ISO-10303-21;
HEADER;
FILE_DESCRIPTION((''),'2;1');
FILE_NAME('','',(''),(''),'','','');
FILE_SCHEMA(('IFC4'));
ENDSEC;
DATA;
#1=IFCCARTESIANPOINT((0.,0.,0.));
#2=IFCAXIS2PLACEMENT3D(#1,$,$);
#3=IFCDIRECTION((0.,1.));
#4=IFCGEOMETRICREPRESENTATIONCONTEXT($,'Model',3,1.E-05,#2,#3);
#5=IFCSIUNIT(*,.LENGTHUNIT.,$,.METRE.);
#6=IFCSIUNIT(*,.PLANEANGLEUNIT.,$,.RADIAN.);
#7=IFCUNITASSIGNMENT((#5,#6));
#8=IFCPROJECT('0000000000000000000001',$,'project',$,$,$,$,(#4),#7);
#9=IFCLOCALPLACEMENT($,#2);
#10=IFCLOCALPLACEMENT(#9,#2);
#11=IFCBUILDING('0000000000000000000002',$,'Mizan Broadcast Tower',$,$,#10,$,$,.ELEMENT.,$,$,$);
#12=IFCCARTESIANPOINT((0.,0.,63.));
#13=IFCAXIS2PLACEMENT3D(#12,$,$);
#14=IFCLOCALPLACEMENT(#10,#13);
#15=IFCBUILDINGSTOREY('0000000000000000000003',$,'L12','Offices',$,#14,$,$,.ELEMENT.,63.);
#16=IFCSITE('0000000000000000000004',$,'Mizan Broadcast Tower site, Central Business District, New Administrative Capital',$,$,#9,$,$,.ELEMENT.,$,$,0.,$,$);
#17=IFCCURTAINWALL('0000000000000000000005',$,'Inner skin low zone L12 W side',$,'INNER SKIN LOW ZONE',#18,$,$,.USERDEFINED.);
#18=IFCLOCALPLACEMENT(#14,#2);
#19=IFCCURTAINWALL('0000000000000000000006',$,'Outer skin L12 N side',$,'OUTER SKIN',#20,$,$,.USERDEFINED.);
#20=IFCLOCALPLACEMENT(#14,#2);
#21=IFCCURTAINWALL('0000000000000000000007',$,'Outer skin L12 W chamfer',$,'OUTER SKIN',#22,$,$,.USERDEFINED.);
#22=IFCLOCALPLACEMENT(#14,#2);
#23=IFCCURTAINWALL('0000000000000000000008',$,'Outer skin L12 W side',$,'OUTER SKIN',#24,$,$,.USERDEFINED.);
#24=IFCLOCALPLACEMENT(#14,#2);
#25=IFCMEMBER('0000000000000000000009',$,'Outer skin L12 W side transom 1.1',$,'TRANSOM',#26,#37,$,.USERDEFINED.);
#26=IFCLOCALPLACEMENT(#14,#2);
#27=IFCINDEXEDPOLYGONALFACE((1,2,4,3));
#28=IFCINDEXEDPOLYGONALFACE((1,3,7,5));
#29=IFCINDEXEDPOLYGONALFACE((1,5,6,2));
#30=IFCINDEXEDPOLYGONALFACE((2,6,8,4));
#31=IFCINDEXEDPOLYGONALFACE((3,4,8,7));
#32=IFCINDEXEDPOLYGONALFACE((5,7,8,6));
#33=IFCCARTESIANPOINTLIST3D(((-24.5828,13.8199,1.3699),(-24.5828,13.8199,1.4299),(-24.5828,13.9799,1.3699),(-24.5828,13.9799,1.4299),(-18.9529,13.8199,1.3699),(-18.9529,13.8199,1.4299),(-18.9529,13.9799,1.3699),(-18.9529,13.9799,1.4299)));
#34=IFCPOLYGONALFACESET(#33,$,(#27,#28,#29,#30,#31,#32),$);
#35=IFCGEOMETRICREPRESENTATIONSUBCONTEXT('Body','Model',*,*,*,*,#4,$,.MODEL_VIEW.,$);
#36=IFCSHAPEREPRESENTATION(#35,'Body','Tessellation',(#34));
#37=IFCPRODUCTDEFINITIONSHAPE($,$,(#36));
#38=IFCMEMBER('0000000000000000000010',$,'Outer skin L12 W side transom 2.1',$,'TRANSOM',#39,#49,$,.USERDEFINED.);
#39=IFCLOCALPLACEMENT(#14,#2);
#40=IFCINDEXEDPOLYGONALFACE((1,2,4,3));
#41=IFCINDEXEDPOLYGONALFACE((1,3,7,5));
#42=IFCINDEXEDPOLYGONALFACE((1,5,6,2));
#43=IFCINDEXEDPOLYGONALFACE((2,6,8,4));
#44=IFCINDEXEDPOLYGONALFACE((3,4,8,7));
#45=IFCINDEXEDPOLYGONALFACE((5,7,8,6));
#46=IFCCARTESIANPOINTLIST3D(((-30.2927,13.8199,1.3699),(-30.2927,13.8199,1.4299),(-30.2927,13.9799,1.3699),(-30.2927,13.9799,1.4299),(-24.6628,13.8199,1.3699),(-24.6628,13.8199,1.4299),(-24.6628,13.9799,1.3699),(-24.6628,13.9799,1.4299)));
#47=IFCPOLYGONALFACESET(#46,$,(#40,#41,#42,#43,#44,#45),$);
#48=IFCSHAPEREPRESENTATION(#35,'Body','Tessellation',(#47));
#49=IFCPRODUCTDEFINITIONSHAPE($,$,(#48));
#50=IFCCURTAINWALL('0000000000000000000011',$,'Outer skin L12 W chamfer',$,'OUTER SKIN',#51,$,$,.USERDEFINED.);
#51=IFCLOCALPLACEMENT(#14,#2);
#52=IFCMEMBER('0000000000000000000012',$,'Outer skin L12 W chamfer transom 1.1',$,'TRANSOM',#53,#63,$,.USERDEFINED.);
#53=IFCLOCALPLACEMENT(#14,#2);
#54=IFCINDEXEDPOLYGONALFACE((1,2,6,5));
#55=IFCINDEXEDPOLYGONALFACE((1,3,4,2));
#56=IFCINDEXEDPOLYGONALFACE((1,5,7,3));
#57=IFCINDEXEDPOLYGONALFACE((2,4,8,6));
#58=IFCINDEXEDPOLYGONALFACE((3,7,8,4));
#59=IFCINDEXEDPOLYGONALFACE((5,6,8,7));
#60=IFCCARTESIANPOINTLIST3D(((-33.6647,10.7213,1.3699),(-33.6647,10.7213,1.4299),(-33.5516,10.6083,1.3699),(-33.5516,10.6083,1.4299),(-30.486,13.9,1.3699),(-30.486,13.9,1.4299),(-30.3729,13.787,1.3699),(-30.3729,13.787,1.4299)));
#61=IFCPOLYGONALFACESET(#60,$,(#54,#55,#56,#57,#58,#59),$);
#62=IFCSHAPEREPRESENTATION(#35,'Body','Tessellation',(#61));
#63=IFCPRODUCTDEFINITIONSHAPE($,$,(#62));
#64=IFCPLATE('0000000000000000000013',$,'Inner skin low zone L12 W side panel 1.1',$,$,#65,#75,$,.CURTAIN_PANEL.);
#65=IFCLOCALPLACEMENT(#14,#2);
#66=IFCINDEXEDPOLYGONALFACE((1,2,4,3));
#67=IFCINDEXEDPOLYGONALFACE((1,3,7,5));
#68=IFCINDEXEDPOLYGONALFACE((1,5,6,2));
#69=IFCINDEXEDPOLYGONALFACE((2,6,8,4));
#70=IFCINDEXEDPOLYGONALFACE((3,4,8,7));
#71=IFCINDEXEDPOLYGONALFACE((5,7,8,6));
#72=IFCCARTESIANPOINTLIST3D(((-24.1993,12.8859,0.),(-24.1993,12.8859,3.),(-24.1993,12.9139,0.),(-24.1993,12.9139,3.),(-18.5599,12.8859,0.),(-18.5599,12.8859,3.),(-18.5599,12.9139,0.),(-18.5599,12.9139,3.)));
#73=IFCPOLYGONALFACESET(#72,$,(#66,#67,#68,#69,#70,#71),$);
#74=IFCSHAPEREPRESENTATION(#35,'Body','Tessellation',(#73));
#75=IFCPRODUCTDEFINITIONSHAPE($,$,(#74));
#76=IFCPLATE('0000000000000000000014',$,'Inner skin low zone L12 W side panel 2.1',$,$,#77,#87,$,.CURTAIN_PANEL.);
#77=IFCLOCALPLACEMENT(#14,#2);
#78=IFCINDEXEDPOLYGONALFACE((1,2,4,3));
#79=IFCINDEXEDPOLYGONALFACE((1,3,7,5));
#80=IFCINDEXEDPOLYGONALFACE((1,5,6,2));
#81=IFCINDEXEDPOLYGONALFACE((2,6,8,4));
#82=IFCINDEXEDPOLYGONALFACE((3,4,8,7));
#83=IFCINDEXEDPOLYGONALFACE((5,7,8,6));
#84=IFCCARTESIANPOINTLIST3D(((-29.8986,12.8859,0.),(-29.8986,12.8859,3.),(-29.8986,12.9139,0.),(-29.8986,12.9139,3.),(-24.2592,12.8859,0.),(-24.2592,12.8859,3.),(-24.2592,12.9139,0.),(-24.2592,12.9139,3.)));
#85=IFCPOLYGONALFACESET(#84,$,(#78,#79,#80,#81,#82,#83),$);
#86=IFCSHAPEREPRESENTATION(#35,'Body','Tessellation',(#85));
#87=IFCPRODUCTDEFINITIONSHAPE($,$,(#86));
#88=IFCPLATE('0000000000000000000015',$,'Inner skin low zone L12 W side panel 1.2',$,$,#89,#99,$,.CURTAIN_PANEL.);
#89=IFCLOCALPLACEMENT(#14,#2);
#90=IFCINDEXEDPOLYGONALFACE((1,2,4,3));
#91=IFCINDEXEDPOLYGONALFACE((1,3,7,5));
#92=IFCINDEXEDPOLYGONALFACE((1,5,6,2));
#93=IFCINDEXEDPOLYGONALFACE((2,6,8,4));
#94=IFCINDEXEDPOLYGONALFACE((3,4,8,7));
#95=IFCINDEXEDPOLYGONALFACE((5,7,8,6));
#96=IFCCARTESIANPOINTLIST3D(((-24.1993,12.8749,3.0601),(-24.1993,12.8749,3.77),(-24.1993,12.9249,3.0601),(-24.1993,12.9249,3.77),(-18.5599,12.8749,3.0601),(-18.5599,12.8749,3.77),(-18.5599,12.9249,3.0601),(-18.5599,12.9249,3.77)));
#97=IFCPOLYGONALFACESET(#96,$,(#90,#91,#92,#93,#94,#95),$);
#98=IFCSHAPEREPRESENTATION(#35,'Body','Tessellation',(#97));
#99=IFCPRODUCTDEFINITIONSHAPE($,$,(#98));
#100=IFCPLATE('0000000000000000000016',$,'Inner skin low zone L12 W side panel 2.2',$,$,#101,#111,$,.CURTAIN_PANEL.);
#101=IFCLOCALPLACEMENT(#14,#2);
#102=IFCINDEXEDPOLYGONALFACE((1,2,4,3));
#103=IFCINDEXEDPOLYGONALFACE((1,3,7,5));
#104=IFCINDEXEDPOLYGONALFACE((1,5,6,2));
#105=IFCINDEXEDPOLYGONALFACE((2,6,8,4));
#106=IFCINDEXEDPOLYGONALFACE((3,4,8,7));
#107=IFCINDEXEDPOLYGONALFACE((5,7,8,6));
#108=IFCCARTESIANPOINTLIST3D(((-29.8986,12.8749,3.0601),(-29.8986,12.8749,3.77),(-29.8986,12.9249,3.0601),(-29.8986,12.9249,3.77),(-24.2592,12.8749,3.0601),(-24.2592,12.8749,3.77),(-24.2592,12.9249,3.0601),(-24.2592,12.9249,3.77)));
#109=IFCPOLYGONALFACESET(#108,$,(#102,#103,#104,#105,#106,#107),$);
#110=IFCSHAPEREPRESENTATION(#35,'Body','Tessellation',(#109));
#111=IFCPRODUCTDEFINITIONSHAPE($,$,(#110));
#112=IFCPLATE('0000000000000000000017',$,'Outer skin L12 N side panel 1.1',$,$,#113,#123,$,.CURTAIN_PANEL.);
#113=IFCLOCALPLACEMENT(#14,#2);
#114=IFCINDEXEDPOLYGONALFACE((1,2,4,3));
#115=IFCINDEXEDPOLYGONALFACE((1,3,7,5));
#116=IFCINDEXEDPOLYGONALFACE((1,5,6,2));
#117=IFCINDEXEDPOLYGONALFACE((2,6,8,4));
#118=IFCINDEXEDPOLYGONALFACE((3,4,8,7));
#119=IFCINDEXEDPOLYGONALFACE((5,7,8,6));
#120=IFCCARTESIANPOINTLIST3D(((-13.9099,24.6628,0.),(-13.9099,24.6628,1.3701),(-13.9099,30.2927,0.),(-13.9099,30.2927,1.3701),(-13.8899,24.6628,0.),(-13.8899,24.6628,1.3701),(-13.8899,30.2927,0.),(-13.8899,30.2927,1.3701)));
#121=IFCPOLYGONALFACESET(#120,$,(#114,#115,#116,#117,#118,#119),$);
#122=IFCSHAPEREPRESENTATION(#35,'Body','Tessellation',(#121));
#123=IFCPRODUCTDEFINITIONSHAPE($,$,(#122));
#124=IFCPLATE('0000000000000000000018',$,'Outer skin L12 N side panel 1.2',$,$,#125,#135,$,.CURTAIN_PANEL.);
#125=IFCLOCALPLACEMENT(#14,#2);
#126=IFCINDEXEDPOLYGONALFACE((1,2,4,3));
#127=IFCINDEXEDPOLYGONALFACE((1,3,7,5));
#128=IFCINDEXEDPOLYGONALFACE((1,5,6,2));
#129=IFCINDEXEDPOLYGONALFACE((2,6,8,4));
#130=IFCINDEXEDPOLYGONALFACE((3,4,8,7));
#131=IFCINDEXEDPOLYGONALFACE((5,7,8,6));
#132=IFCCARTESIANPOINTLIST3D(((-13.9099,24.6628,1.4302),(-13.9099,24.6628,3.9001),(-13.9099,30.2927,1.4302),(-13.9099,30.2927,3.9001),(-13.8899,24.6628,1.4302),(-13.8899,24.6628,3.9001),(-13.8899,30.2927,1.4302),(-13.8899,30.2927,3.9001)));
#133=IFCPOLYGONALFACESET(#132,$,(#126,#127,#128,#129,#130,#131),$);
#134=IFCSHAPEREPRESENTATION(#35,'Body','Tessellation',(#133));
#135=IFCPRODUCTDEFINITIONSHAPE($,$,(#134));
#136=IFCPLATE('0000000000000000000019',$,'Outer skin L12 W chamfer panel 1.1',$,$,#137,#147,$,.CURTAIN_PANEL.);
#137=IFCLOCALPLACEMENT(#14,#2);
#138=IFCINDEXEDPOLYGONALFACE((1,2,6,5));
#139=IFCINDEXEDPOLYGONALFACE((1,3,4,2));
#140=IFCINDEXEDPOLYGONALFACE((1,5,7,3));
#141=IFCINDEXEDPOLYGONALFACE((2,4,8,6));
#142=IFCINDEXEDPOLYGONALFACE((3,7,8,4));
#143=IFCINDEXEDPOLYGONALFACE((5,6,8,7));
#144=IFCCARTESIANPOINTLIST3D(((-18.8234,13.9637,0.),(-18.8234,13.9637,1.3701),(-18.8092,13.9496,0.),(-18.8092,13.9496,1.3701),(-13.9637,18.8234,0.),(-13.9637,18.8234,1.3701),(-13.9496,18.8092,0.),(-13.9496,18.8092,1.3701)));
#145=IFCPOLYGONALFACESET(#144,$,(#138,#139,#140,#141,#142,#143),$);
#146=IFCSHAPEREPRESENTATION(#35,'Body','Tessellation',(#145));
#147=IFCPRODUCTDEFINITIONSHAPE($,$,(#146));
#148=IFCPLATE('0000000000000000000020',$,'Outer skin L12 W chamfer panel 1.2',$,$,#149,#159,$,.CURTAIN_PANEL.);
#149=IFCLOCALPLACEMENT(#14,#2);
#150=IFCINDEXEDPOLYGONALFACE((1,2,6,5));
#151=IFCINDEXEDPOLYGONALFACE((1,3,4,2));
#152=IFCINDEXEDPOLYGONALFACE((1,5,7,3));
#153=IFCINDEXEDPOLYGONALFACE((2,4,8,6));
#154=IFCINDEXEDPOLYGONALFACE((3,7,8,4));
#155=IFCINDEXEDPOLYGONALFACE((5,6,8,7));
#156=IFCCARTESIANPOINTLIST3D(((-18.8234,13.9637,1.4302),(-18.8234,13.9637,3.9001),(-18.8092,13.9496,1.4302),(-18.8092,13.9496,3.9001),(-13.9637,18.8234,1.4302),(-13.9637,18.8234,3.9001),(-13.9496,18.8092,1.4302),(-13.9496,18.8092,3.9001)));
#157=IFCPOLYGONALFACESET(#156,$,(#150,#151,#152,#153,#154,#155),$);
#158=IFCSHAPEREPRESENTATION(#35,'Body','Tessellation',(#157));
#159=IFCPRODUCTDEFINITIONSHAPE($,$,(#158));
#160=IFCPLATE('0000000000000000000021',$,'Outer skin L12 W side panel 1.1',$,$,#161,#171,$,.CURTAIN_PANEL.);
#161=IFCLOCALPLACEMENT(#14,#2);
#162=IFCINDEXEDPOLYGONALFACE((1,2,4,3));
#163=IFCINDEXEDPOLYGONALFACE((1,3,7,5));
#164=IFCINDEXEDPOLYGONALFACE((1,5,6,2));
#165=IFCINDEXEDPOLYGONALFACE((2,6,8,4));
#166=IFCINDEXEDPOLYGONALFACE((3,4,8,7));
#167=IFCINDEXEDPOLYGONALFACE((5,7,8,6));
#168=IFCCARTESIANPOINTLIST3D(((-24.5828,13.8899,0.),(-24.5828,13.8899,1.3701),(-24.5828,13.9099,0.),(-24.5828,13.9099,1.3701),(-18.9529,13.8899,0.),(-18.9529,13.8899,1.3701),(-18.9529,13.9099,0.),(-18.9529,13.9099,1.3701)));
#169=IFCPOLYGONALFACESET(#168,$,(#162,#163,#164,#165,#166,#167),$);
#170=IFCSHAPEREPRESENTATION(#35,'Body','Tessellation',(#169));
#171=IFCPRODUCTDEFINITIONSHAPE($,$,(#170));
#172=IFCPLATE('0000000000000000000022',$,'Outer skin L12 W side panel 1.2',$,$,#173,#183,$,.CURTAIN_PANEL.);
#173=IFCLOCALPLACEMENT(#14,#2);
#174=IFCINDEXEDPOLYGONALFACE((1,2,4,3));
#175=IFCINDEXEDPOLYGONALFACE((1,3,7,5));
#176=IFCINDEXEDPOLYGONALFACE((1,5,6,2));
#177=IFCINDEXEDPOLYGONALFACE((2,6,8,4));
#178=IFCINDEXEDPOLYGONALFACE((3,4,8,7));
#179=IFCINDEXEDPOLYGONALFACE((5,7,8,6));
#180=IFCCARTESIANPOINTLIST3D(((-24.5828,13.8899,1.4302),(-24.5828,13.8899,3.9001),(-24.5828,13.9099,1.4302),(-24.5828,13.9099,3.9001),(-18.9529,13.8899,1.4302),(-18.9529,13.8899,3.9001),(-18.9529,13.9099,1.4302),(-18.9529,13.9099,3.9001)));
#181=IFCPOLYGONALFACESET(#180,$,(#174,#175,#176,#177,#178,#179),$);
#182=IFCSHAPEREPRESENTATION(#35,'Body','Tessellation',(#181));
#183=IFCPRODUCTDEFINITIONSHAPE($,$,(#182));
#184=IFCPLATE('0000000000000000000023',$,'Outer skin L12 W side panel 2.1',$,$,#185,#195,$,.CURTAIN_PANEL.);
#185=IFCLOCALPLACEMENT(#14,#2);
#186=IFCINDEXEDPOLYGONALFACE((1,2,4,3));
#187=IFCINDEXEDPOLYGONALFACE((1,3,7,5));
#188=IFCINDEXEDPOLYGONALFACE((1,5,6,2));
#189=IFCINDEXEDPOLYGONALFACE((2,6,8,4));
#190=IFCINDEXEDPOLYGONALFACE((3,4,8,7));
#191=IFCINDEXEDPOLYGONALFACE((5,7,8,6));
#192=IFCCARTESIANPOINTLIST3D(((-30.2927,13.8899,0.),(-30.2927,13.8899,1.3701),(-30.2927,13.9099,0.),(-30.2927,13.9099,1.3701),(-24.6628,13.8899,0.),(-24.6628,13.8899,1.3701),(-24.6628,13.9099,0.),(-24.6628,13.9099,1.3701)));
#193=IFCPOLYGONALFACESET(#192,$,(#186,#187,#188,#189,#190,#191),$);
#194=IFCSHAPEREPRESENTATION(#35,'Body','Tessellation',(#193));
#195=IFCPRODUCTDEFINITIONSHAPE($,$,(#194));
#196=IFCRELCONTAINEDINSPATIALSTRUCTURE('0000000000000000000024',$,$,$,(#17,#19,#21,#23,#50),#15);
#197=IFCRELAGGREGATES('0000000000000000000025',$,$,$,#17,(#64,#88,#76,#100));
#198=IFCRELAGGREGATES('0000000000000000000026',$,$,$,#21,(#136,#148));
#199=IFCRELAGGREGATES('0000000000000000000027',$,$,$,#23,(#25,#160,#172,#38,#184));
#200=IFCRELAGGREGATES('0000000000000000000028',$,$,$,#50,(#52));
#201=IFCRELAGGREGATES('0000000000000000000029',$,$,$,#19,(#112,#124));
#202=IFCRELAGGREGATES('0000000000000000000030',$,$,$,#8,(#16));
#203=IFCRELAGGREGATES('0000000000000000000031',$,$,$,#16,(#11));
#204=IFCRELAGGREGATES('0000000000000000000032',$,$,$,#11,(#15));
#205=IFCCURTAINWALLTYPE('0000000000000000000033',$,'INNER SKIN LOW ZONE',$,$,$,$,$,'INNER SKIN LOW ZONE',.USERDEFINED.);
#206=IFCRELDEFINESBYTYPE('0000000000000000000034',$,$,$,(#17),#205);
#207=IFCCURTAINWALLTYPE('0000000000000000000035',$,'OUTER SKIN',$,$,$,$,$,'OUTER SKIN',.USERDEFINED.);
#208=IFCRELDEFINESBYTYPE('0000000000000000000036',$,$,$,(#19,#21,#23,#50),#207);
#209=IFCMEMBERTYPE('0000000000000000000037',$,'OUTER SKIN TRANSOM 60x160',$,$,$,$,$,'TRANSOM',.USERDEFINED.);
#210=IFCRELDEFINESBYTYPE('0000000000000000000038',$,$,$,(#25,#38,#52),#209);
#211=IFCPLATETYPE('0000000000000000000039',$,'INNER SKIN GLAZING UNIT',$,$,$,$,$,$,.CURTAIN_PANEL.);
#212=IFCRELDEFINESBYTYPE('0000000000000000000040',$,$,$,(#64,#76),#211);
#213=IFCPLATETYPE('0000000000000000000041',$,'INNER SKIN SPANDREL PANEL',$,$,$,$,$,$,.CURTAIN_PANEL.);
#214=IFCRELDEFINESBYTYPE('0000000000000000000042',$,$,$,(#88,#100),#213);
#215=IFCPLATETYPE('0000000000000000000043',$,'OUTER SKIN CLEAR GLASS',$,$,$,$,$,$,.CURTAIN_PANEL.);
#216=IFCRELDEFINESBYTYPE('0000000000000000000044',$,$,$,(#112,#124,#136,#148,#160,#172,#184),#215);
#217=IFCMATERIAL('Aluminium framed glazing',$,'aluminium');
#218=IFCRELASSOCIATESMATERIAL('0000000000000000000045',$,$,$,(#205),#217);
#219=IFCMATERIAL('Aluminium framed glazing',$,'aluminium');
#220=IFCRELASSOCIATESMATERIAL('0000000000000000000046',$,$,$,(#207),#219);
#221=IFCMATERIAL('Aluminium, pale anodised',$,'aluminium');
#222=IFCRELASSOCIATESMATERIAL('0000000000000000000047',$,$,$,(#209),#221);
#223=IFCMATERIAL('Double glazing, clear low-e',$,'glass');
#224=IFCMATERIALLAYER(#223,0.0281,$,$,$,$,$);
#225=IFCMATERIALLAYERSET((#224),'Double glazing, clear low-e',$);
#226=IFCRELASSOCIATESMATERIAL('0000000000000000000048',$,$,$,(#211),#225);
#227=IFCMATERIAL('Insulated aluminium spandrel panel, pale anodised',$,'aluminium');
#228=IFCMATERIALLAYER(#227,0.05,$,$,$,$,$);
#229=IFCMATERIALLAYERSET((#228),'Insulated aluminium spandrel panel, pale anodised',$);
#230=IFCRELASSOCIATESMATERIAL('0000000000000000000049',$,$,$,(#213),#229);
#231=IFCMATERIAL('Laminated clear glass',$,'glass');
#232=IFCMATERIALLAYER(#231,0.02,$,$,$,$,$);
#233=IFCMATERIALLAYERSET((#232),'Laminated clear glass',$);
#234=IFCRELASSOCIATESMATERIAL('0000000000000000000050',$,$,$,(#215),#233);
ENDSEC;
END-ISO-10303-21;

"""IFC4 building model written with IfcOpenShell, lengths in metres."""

from ifc_helpers import new_model, si_unit, direction, frame, origin, origin_2d, place, context, subcontext, project, spatial, rectangle, extrude, material, layer, layer_set, material_profile, profile_set, type_object, element, aggregate, save


model = new_model("IFC4")

# Units and contexts
model_context = context("Model", 3, precision=1e-05, world=origin(), true_north=direction((0.0, 1.0)))
body_context = subcontext(model_context, "Body", "Model", "MODEL_VIEW")
ifc_project = project(units=[si_unit("LENGTHUNIT", "METRE"), si_unit("PLANEANGLEUNIT", "RADIAN")], contexts=[model_context])

# Site, building, storey
site_placement = place(None, origin())
site = spatial("IfcSite", under=ifc_project, at=site_placement, Name="Mizan Broadcast Tower site, Central Business District, New Administrative Capital", CompositionType="ELEMENT", RefElevation=0.0)
building_placement = place(site_placement, origin())
building = spatial("IfcBuilding", under=site, at=building_placement, Name="Mizan Broadcast Tower", CompositionType="ELEMENT")
storey_placement = place(building_placement, frame((0.0, 0.0, 63.0)))
storey = spatial("IfcBuildingStorey", under=building, at=storey_placement, Name="L12", Description="Offices", CompositionType="ELEMENT", Elevation=63.0)

# Curtain wall
ifc_material_1 = material(Name="Aluminium framed glazing", Category="aluminium")
curtain_wall_type_1 = type_object("IfcCurtainWallType", Name="INNER SKIN LOW ZONE", ElementType="INNER SKIN LOW ZONE", PredefinedType="USERDEFINED", material=ifc_material_1)
curtain_wall_1_placement = place(storey_placement, origin())
curtain_wall_1 = element("IfcCurtainWall", 1, at=curtain_wall_1_placement, inside=storey, type_object=curtain_wall_type_1, Name="Inner skin low zone L12 W side", ObjectType="INNER SKIN LOW ZONE", PredefinedType="USERDEFINED")

# Shared definitions
ifc_material_2 = material(Name="Aluminium framed glazing", Category="aluminium")
curtain_wall_type_2 = type_object("IfcCurtainWallType", Name="OUTER SKIN", ElementType="OUTER SKIN", PredefinedType="USERDEFINED", material=ifc_material_2)

# Curtain wall
curtain_wall_2_placement = place(storey_placement, origin())
curtain_wall_2 = element("IfcCurtainWall", 2, at=curtain_wall_2_placement, inside=storey, type_object=curtain_wall_type_2, Name="Outer skin L12 N side", ObjectType="OUTER SKIN", PredefinedType="USERDEFINED")

# Curtain wall
curtain_wall_3_placement = place(storey_placement, origin())
curtain_wall_3 = element("IfcCurtainWall", 3, at=curtain_wall_3_placement, inside=storey, type_object=curtain_wall_type_2, Name="Outer skin L12 W chamfer", ObjectType="OUTER SKIN", PredefinedType="USERDEFINED")

# Curtain wall
curtain_wall_4_placement = place(storey_placement, origin())
curtain_wall_4 = element("IfcCurtainWall", 4, at=curtain_wall_4_placement, inside=storey, type_object=curtain_wall_type_2, Name="Outer skin L12 W side", ObjectType="OUTER SKIN", PredefinedType="USERDEFINED")

# Members
ifc_material_3 = material(Name="Aluminium, pale anodised", Category="aluminium")
ifc_material_profile_1 = material_profile(ifc_material_3, rectangle(XDim=0.1599, YDim=0.0601, at=origin_2d()), Name="TRANSOM 160x60")
ifc_profile_set_1 = profile_set([ifc_material_profile_1], Name="Aluminium, pale anodised")
member_type_1 = type_object("IfcMemberType", Name="OUTER SKIN TRANSOM 60x160", ElementType="TRANSOM", PredefinedType="USERDEFINED", material=ifc_profile_set_1)
member_1_placement = place(storey_placement, frame((-18.9529, 13.8999, 1.3999), z_axis=(-1.0, 0.0, 0.0), x_axis=(0.0, -1.0, 0.0)))
member_1 = element("IfcMember", 5, at=member_1_placement, type_object=member_type_1, Name="Outer skin L12 W side transom 1.1", ObjectType="TRANSOM", PredefinedType="USERDEFINED", context=body_context, shape_type="SweptSolid", body=[
    extrude(rectangle(XDim=0.1599, YDim=0.0601, at=origin_2d()), origin(), (0.0, 0.0, 1.0), 5.6299),
])
member_2_placement = place(storey_placement, frame((-24.6628, 13.8999, 1.3999), z_axis=(-1.0, 0.0, 0.0), x_axis=(0.0, -1.0, 0.0)))
member_2 = element("IfcMember", 6, at=member_2_placement, type_object=member_type_1, Name="Outer skin L12 W side transom 2.1", ObjectType="TRANSOM", PredefinedType="USERDEFINED", context=body_context, shape_type="SweptSolid", body=[
    extrude(rectangle(XDim=0.1599, YDim=0.0601, at=origin_2d()), origin(), (0.0, 0.0, 1.0), 5.6299),
])

# Curtain wall, member
curtain_wall_5_placement = place(storey_placement, origin())
curtain_wall_5 = element("IfcCurtainWall", 7, at=curtain_wall_5_placement, inside=storey, type_object=curtain_wall_type_2, Name="Outer skin L12 W chamfer", ObjectType="OUTER SKIN", PredefinedType="USERDEFINED")
member_3_placement = place(storey_placement, frame((-30.4294, 13.8435, 1.3999), z_axis=(-0.707107, -0.707107, 0.0), x_axis=(0.707107, -0.707107, 0.0)))
member_3 = element("IfcMember", 8, at=member_3_placement, type_object=member_type_1, Name="Outer skin L12 W chamfer transom 1.1", ObjectType="TRANSOM", PredefinedType="USERDEFINED", context=body_context, shape_type="SweptSolid", body=[
    extrude(rectangle(XDim=0.1599, YDim=0.0601, at=origin_2d()), origin(), (0.0, 0.0, 1.0), 4.4954),
])

# Plates
ifc_material_4 = material(Name="Double glazing, clear low-e", Category="glass")
ifc_layer_1 = layer(ifc_material_4, 0.0281)
ifc_layer_set_1 = layer_set([ifc_layer_1], Name="Double glazing, clear low-e")
plate_type_1 = type_object("IfcPlateType", Name="INNER SKIN GLAZING UNIT", PredefinedType="CURTAIN_PANEL", material=ifc_layer_set_1)
plate_1_placement = place(storey_placement, frame((-21.3796, 12.8999, 0.0), z_axis=(0.0, 0.0, 1.0), x_axis=(-1.0, 0.0, 0.0)))
plate_1 = element("IfcPlate", 9, at=plate_1_placement, type_object=plate_type_1, Name="Inner skin low zone L12 W side panel 1.1", PredefinedType="CURTAIN_PANEL", context=body_context, shape_type="SweptSolid", body=[
    extrude(rectangle(XDim=5.6394, YDim=0.0281, at=origin_2d()), origin(), (0.0, 0.0, 1.0), 3.0),
])
plate_2_placement = place(storey_placement, frame((-27.0789, 12.8999, 0.0), z_axis=(0.0, 0.0, 1.0), x_axis=(-1.0, 0.0, 0.0)))
plate_2 = element("IfcPlate", 10, at=plate_2_placement, type_object=plate_type_1, Name="Inner skin low zone L12 W side panel 2.1", PredefinedType="CURTAIN_PANEL", context=body_context, shape_type="SweptSolid", body=[
    extrude(rectangle(XDim=5.6394, YDim=0.0281, at=origin_2d()), origin(), (0.0, 0.0, 1.0), 3.0),
])
ifc_material_5 = material(Name="Insulated aluminium spandrel panel, pale anodised", Category="aluminium")
ifc_layer_2 = layer(ifc_material_5, 0.05)
ifc_layer_set_2 = layer_set([ifc_layer_2], Name="Insulated aluminium spandrel panel, pale anodised")
plate_type_2 = type_object("IfcPlateType", Name="INNER SKIN SPANDREL PANEL", PredefinedType="CURTAIN_PANEL", material=ifc_layer_set_2)
plate_3_placement = place(storey_placement, frame((-21.3796, 12.8999, 3.0601), z_axis=(0.0, 0.0, 1.0), x_axis=(-1.0, 0.0, 0.0)))
plate_3 = element("IfcPlate", 11, at=plate_3_placement, type_object=plate_type_2, Name="Inner skin low zone L12 W side panel 1.2", PredefinedType="CURTAIN_PANEL", context=body_context, shape_type="SweptSolid", body=[
    extrude(rectangle(XDim=5.6394, YDim=0.05, at=origin_2d()), origin(), (0.0, 0.0, 1.0), 0.71),
])
plate_4_placement = place(storey_placement, frame((-27.0789, 12.8999, 3.0601), z_axis=(0.0, 0.0, 1.0), x_axis=(-1.0, 0.0, 0.0)))
plate_4 = element("IfcPlate", 12, at=plate_4_placement, type_object=plate_type_2, Name="Inner skin low zone L12 W side panel 2.2", PredefinedType="CURTAIN_PANEL", context=body_context, shape_type="SweptSolid", body=[
    extrude(rectangle(XDim=5.6394, YDim=0.05, at=origin_2d()), origin(), (0.0, 0.0, 1.0), 0.71),
])
aggregate(curtain_wall_1, [plate_1, plate_3, plate_2, plate_4])
ifc_material_6 = material(Name="Laminated clear glass", Category="glass")
ifc_layer_3 = layer(ifc_material_6, 0.02)
ifc_layer_set_3 = layer_set([ifc_layer_3], Name="Laminated clear glass")
plate_type_3 = type_object("IfcPlateType", Name="OUTER SKIN CLEAR GLASS", PredefinedType="CURTAIN_PANEL", material=ifc_layer_set_3)
plate_5_placement = place(storey_placement, frame((-13.8999, 27.4778, 0.0), z_axis=(0.0, 0.0, 1.0), x_axis=(0.0, -1.0, 0.0)))
plate_5 = element("IfcPlate", 13, at=plate_5_placement, type_object=plate_type_3, Name="Outer skin L12 N side panel 1.1", PredefinedType="CURTAIN_PANEL", context=body_context, shape_type="SweptSolid", body=[
    extrude(rectangle(XDim=5.6299, YDim=0.02, at=origin_2d()), origin(), (0.0, 0.0, 1.0), 1.3701),
])
plate_6_placement = place(storey_placement, frame((-13.8999, 27.4778, 1.4302), z_axis=(0.0, 0.0, 1.0), x_axis=(0.0, -1.0, 0.0)))
plate_6 = element("IfcPlate", 14, at=plate_6_placement, type_object=plate_type_3, Name="Outer skin L12 N side panel 1.2", PredefinedType="CURTAIN_PANEL", context=body_context, shape_type="SweptSolid", body=[
    extrude(rectangle(XDim=5.6299, YDim=0.02, at=origin_2d()), origin(), (0.0, 0.0, 1.0), 2.47),
])
plate_7_placement = place(storey_placement, frame((-16.3865, 16.3865, 0.0), z_axis=(0.0, 0.0, 1.0), x_axis=(-0.707107, -0.707107, 0.0)))
plate_7 = element("IfcPlate", 15, at=plate_7_placement, type_object=plate_type_3, Name="Outer skin L12 W chamfer panel 1.1", PredefinedType="CURTAIN_PANEL", context=body_context, shape_type="SweptSolid", body=[
    extrude(rectangle(XDim=6.8726, YDim=0.02, at=origin_2d()), origin(), (0.0, 0.0, 1.0), 1.3701),
])
plate_8_placement = place(storey_placement, frame((-16.3865, 16.3865, 1.4302), z_axis=(0.0, 0.0, 1.0), x_axis=(-0.707107, -0.707107, 0.0)))
plate_8 = element("IfcPlate", 16, at=plate_8_placement, type_object=plate_type_3, Name="Outer skin L12 W chamfer panel 1.2", PredefinedType="CURTAIN_PANEL", context=body_context, shape_type="SweptSolid", body=[
    extrude(rectangle(XDim=6.8726, YDim=0.02, at=origin_2d()), origin(), (0.0, 0.0, 1.0), 2.47),
])
aggregate(curtain_wall_3, [plate_7, plate_8])
plate_9_placement = place(storey_placement, frame((-21.7678, 13.8999, 0.0), z_axis=(0.0, 0.0, 1.0), x_axis=(-1.0, 0.0, 0.0)))
plate_9 = element("IfcPlate", 17, at=plate_9_placement, type_object=plate_type_3, Name="Outer skin L12 W side panel 1.1", PredefinedType="CURTAIN_PANEL", context=body_context, shape_type="SweptSolid", body=[
    extrude(rectangle(XDim=5.6299, YDim=0.02, at=origin_2d()), origin(), (0.0, 0.0, 1.0), 1.3701),
])
plate_10_placement = place(storey_placement, frame((-21.7678, 13.8999, 1.4302), z_axis=(0.0, 0.0, 1.0), x_axis=(-1.0, 0.0, 0.0)))
plate_10 = element("IfcPlate", 18, at=plate_10_placement, type_object=plate_type_3, Name="Outer skin L12 W side panel 1.2", PredefinedType="CURTAIN_PANEL", context=body_context, shape_type="SweptSolid", body=[
    extrude(rectangle(XDim=5.6299, YDim=0.02, at=origin_2d()), origin(), (0.0, 0.0, 1.0), 2.47),
])
plate_11_placement = place(storey_placement, frame((-27.4778, 13.8999, 0.0), z_axis=(0.0, 0.0, 1.0), x_axis=(-1.0, 0.0, 0.0)))
plate_11 = element("IfcPlate", 19, at=plate_11_placement, type_object=plate_type_3, Name="Outer skin L12 W side panel 2.1", PredefinedType="CURTAIN_PANEL", context=body_context, shape_type="SweptSolid", body=[
    extrude(rectangle(XDim=5.6299, YDim=0.02, at=origin_2d()), origin(), (0.0, 0.0, 1.0), 1.3701),
])
aggregate(curtain_wall_4, [member_1, plate_9, plate_10, member_2, plate_11])
aggregate(curtain_wall_5, [member_3])
aggregate(curtain_wall_2, [plate_5, plate_6])

save(model, "model.ifc")
